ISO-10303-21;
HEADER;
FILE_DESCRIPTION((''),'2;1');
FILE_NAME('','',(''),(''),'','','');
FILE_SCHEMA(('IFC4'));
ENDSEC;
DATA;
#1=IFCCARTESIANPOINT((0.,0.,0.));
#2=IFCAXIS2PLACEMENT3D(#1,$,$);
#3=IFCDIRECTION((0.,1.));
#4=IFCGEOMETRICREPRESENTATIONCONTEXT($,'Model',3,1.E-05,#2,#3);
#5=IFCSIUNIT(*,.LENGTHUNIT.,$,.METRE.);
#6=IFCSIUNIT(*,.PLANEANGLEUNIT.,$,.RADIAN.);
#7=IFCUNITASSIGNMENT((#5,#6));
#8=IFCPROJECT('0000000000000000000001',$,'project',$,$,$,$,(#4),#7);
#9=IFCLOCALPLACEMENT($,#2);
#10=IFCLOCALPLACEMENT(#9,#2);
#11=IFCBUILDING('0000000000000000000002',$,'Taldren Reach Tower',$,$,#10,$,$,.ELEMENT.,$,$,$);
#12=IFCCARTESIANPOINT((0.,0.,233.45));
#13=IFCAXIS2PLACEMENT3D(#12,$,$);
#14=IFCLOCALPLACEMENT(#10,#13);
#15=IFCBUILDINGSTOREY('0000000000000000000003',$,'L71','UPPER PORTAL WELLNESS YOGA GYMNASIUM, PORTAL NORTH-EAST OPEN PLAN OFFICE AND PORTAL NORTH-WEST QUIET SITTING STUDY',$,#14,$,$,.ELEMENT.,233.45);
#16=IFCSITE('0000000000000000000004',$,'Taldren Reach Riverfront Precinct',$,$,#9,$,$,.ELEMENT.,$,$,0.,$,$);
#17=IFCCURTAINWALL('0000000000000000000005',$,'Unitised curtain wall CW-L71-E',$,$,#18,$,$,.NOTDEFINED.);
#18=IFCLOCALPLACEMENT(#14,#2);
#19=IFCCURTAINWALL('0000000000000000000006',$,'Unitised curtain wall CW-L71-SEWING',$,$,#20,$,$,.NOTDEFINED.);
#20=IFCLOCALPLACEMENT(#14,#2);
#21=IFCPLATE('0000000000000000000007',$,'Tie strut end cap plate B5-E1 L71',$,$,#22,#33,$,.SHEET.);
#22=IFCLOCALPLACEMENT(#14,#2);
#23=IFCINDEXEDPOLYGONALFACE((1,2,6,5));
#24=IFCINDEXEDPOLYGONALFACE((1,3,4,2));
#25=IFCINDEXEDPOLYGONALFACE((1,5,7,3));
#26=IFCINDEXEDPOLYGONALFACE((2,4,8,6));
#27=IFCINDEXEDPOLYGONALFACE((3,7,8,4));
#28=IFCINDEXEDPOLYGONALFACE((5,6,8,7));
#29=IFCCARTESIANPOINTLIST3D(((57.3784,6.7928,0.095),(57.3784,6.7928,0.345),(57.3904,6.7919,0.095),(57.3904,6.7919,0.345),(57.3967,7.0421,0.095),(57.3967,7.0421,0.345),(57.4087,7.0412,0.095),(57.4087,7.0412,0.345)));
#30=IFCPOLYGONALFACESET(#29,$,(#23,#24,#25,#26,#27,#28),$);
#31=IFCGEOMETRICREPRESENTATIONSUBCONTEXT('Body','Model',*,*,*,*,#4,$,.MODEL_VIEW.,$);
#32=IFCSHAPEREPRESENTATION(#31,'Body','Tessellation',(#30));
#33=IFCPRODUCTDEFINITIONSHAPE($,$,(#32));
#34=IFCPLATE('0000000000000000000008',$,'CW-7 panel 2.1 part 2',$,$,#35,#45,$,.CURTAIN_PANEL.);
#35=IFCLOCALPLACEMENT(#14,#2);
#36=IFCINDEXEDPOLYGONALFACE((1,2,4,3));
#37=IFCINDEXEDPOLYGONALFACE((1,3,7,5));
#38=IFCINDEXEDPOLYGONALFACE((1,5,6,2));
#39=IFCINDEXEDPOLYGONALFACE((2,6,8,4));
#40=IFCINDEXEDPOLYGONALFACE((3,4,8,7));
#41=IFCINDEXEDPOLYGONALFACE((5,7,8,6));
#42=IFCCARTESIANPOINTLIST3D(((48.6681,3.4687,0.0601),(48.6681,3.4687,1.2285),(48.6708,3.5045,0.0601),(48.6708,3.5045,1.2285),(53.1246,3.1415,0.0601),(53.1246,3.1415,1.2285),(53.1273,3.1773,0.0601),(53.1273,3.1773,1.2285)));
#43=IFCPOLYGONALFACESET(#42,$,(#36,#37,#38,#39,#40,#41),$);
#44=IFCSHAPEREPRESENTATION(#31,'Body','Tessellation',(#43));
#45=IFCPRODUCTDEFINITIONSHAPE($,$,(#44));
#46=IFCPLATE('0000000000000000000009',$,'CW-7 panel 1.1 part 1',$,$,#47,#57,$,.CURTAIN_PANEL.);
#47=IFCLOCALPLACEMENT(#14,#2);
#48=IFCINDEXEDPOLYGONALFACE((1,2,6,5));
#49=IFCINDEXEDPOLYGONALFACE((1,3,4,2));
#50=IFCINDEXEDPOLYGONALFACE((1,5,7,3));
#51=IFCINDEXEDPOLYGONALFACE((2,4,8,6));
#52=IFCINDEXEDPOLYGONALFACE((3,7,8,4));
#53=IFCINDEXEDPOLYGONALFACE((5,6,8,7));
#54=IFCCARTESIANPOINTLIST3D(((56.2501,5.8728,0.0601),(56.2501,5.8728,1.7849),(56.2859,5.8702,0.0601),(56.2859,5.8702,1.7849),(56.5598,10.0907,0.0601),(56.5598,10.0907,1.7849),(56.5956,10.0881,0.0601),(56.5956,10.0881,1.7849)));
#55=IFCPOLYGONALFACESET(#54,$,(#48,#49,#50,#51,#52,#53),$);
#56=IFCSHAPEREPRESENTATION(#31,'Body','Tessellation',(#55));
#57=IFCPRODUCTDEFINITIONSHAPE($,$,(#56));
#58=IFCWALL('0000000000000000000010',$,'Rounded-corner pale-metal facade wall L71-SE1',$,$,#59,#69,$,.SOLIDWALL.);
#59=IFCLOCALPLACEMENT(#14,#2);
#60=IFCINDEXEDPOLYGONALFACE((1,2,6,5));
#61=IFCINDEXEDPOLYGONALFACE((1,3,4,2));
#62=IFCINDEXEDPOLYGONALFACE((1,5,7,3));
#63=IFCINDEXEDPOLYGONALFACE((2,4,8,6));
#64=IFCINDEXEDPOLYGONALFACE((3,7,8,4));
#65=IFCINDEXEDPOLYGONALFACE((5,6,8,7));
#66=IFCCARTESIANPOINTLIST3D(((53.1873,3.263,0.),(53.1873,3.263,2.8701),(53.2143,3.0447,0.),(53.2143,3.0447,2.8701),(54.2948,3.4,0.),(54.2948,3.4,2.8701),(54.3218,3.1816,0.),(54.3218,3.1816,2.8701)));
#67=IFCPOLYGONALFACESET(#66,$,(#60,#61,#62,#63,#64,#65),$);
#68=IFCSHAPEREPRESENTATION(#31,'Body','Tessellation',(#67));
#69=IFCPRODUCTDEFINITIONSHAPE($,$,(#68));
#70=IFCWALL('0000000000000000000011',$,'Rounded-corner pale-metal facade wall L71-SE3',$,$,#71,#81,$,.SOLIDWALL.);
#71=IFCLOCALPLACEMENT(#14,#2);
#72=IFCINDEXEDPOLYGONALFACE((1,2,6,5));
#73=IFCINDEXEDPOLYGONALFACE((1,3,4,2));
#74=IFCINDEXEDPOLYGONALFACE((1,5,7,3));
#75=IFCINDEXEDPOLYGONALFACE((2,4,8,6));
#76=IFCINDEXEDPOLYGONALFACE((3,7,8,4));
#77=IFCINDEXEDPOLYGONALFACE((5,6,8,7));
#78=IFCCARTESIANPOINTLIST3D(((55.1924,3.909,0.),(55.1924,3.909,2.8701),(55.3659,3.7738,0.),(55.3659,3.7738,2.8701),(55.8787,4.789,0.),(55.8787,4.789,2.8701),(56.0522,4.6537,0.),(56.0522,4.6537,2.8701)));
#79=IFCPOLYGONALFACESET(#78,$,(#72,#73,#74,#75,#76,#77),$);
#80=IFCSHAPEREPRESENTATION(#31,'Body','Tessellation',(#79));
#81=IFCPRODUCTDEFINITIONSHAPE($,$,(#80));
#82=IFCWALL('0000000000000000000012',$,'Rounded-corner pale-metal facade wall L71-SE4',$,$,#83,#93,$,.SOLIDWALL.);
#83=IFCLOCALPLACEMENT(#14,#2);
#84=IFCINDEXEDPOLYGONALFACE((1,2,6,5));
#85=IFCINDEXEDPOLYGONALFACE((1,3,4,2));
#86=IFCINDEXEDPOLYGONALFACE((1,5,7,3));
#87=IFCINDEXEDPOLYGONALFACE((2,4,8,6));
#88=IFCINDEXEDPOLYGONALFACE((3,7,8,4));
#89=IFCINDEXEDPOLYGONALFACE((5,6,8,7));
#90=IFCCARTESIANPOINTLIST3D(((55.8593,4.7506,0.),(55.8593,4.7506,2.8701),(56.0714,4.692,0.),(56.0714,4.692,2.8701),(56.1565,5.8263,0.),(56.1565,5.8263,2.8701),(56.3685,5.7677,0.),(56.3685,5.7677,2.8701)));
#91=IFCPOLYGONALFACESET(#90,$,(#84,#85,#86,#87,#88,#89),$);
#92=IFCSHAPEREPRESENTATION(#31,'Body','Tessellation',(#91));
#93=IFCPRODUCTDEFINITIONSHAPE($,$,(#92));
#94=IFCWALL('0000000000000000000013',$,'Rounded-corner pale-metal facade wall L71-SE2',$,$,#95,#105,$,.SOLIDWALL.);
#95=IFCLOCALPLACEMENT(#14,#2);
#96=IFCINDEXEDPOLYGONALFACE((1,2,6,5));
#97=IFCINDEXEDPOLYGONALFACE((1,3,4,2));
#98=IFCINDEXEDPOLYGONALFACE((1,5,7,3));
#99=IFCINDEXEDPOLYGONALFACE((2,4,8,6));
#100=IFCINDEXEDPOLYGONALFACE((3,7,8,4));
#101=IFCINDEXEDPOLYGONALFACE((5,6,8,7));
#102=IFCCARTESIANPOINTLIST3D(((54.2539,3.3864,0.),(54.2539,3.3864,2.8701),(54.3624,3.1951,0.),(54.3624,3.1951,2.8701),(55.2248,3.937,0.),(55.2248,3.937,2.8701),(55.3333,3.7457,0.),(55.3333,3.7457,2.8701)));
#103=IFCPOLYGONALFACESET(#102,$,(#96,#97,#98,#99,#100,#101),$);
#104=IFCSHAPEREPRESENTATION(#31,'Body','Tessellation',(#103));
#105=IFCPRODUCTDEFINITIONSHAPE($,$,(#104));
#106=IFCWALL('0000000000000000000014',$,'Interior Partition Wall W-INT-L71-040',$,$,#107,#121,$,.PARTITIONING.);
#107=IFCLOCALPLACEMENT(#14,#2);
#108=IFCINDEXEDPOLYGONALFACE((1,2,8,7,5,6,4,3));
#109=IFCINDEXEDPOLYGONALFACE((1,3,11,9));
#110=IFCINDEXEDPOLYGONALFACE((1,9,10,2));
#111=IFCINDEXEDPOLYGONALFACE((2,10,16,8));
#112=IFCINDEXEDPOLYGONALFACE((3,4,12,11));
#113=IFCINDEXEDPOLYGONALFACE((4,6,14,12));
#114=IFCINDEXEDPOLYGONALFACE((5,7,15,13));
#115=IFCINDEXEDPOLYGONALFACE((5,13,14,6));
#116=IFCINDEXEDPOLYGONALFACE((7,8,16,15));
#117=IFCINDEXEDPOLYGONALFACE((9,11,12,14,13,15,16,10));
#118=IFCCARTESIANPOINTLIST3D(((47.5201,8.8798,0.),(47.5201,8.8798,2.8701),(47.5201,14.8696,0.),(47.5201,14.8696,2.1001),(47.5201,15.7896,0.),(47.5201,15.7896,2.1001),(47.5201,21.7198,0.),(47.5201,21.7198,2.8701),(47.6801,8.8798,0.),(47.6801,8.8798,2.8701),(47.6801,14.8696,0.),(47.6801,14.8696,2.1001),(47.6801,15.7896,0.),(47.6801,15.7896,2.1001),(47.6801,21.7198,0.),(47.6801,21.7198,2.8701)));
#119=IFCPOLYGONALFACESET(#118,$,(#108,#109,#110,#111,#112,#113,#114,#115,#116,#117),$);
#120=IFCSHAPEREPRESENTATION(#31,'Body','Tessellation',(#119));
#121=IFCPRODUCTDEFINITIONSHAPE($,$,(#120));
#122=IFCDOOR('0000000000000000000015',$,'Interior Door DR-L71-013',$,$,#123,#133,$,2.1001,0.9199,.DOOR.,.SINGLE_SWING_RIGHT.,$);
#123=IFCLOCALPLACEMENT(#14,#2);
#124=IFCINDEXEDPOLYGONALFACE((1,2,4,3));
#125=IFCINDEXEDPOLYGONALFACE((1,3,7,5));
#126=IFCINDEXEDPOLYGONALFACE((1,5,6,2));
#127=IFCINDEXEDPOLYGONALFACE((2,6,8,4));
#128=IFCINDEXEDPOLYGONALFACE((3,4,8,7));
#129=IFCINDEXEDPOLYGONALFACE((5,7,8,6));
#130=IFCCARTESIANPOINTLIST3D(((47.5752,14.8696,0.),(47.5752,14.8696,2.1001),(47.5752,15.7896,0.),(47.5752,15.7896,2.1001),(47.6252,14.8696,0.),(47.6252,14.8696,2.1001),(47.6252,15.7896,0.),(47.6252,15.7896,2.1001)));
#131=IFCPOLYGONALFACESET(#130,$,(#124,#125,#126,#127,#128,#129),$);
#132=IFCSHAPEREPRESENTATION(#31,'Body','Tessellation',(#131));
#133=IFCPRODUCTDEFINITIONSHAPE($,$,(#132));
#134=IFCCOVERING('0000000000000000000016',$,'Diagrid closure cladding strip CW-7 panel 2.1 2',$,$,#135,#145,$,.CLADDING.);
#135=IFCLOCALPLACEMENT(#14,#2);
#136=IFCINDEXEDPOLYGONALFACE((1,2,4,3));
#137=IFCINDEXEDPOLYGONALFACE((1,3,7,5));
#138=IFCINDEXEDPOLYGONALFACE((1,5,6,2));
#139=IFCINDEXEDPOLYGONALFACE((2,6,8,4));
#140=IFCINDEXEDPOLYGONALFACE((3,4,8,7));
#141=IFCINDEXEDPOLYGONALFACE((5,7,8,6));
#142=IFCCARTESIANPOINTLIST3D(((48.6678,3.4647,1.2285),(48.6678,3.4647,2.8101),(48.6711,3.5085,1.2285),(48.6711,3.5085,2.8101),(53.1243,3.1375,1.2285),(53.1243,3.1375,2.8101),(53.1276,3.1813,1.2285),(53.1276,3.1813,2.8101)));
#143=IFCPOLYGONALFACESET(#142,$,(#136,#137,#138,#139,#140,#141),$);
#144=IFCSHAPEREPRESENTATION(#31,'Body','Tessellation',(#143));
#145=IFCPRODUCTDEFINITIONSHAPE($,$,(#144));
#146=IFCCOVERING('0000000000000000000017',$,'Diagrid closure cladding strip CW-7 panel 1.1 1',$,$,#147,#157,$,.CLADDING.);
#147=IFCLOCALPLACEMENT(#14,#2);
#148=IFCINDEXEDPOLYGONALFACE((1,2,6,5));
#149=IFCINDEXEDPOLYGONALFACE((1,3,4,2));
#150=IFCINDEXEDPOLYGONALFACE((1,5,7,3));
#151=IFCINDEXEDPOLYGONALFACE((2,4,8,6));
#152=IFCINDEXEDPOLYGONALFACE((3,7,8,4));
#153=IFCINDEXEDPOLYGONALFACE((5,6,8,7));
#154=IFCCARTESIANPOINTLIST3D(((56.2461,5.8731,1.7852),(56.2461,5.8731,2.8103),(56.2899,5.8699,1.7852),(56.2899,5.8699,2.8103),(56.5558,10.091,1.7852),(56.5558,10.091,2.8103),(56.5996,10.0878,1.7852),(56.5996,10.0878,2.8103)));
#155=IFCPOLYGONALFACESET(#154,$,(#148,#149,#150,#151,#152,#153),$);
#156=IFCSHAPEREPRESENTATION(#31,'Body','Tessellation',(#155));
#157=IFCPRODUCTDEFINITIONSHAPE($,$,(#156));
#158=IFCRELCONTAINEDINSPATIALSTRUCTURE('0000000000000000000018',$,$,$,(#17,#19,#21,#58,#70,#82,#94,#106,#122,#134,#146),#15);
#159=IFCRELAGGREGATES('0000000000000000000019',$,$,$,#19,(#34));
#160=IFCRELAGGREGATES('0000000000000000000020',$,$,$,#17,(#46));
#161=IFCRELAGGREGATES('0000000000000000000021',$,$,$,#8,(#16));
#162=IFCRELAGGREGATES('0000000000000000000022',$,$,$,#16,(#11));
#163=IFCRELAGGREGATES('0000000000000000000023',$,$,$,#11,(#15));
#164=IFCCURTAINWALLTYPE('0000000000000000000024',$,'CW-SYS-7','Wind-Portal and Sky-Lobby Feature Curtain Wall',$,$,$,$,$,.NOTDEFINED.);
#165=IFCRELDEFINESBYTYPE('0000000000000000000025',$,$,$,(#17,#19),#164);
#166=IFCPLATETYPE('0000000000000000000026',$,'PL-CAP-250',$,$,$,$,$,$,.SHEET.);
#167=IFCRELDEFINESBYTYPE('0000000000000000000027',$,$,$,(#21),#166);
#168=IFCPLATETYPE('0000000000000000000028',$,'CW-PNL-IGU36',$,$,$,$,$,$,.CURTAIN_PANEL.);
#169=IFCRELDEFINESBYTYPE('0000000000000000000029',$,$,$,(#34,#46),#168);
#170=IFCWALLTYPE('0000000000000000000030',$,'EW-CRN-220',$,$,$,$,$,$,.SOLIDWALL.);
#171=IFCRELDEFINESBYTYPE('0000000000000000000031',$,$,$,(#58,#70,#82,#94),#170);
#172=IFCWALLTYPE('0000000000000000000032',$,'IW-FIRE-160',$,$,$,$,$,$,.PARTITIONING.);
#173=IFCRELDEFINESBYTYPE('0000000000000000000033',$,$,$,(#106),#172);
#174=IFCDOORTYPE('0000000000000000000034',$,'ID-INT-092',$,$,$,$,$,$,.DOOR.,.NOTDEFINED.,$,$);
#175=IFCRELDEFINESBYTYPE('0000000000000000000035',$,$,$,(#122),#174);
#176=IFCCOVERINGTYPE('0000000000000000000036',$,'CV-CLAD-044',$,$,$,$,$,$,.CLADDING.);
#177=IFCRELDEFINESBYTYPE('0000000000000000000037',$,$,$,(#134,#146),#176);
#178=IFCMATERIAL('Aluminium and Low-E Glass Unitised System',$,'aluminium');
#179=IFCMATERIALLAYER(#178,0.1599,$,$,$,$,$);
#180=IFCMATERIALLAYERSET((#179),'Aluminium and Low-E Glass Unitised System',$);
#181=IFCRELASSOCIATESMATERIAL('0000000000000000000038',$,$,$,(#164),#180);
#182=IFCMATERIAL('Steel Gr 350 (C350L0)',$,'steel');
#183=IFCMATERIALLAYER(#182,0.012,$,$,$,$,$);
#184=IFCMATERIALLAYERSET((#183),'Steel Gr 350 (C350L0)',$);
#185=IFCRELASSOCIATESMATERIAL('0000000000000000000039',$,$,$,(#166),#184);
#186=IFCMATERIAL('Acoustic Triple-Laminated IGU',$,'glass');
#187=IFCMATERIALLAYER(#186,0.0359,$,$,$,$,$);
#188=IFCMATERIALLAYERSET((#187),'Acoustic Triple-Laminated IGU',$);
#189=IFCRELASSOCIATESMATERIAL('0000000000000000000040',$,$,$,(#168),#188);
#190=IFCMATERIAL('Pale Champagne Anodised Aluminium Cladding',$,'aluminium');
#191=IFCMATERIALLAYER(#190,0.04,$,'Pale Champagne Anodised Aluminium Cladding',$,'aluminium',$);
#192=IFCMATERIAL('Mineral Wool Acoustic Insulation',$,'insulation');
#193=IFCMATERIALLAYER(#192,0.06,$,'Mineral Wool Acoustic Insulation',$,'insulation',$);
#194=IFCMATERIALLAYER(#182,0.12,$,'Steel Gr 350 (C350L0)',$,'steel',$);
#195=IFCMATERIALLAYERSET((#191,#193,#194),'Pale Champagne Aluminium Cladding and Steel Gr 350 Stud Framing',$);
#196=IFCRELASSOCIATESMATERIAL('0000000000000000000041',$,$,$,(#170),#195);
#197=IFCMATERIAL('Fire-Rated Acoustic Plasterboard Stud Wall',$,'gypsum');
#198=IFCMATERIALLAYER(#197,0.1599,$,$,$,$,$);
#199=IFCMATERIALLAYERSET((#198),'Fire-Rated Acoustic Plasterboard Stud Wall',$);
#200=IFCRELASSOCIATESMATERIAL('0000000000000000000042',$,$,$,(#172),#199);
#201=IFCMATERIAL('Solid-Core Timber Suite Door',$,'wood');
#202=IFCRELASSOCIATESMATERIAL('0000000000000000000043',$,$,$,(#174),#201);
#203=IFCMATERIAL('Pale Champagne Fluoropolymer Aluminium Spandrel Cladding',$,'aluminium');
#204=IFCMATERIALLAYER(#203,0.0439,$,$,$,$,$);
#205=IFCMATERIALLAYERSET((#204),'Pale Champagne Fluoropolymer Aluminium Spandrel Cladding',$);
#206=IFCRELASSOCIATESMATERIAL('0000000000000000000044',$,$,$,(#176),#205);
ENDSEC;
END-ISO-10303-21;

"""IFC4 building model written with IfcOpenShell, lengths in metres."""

from ifc_helpers import new_model, si_unit, direction, frame, frame_2d, origin, origin_2d, place, context, subcontext, project, spatial, rectangle, extrude, source, transform, mapped, material, layer, layer_set, type_object, element, fill, aggregate, save


model = new_model("IFC4")

# Units and contexts
model_context = context("Model", 3, precision=1e-05, world=origin(), true_north=direction((0.0, 1.0)))
body_context = subcontext(model_context, "Body", "Model", "MODEL_VIEW")
ifc_project = project(units=[si_unit("LENGTHUNIT", "METRE"), si_unit("PLANEANGLEUNIT", "RADIAN")], contexts=[model_context])

# Site, building, storey
site_placement = place(None, origin())
site = spatial("IfcSite", under=ifc_project, at=site_placement, Name="Taldren Reach Riverfront Precinct", CompositionType="ELEMENT", RefElevation=0.0)
building_placement = place(site_placement, origin())
building = spatial("IfcBuilding", under=site, at=building_placement, Name="Taldren Reach Tower", CompositionType="ELEMENT")
storey_placement = place(building_placement, frame((0.0, 0.0, 233.45)))
storey = spatial("IfcBuildingStorey", under=building, at=storey_placement, Name="L71", Description="UPPER PORTAL WELLNESS YOGA GYMNASIUM, PORTAL NORTH-EAST OPEN PLAN OFFICE AND PORTAL NORTH-WEST QUIET SITTING STUDY", CompositionType="ELEMENT", Elevation=233.45)

# Shared definitions
ifc_material_1 = material(Name="Steel Gr 350 (C350L0)", Category="steel")

# Curtain wall
ifc_material_2 = material(Name="Aluminium and Low-E Glass Unitised System", Category="aluminium")
ifc_layer_1 = layer(ifc_material_2, 0.1599)
ifc_layer_set_1 = layer_set([ifc_layer_1], Name="Aluminium and Low-E Glass Unitised System")
curtain_wall_type = type_object("IfcCurtainWallType", Name="CW-SYS-7", Description="Wind-Portal and Sky-Lobby Feature Curtain Wall", PredefinedType="NOTDEFINED", material=ifc_layer_set_1)
curtain_wall_1_placement = place(storey_placement, origin())
curtain_wall_1 = element("IfcCurtainWall", 1, at=curtain_wall_1_placement, inside=storey, type_object=curtain_wall_type, Name="Unitised curtain wall CW-L71-E", PredefinedType="NOTDEFINED")

# Curtain wall
curtain_wall_2_placement = place(storey_placement, origin())
curtain_wall_2 = element("IfcCurtainWall", 2, at=curtain_wall_2_placement, inside=storey, type_object=curtain_wall_type, Name="Unitised curtain wall CW-L71-SEWING", PredefinedType="NOTDEFINED")

# Plate
ifc_layer_2 = layer(ifc_material_1, 0.012)
ifc_layer_set_2 = layer_set([ifc_layer_2], Name="Steel Gr 350 (C350L0)")
plate_type_1 = type_object("IfcPlateType", Name="PL-CAP-250", PredefinedType="SHEET", material=ifc_layer_set_2)
shared_shape_1 = source(origin(), body_context, "Body", "SweptSolid", [
    extrude(rectangle(XDim=0.012, YDim=0.25, at=origin_2d()), origin(), (0.0, 0.0, 1.0), 0.25),
])
plate_1_placement = place(storey_placement, frame((57.3936, 6.917, 0.095), z_axis=(0.0, 0.0, 1.0), x_axis=(0.997314, -0.073238, 0.0)))
element("IfcPlate", 3, at=plate_1_placement, inside=storey, type_object=plate_type_1, Name="Tie strut end cap plate B5-E1 L71", PredefinedType="SHEET", context=body_context, shape_type="MappedRepresentation", body=[
    mapped(shared_shape_1, transform((0.0, 0.0, 0.0), scale=1.0)),
])

# Plates
ifc_material_3 = material(Name="Acoustic Triple-Laminated IGU", Category="glass")
ifc_layer_3 = layer(ifc_material_3, 0.0359)
ifc_layer_set_3 = layer_set([ifc_layer_3], Name="Acoustic Triple-Laminated IGU")
plate_type_2 = type_object("IfcPlateType", Name="CW-PNL-IGU36", PredefinedType="CURTAIN_PANEL", material=ifc_layer_set_3)
shared_shape_2 = source(origin(), body_context, "Body", "SweptSolid", [
    extrude(rectangle(XDim=4.4685, YDim=0.0359, at=origin_2d()), origin(), (0.0, 0.0, 1.0), 1.1685),
])
plate_2_placement = place(storey_placement, frame((50.8977, 3.323, 0.0601), z_axis=(0.0, 0.0, 1.0), x_axis=(0.997314, -0.073238, 0.0)))
plate_2 = element("IfcPlate", 4, at=plate_2_placement, type_object=plate_type_2, Name="CW-7 panel 2.1 part 2", PredefinedType="CURTAIN_PANEL", context=body_context, shape_type="MappedRepresentation", body=[
    mapped(shared_shape_2, transform((0.0, 0.0, 0.0), scale=1.0)),
])
aggregate(curtain_wall_2, [plate_2])
shared_shape_3 = source(origin(), body_context, "Body", "SweptSolid", [
    extrude(rectangle(XDim=4.2292, YDim=0.0359, at=origin_2d()), origin(), (0.0, 0.0, 1.0), 1.7249),
])
plate_3_placement = place(storey_placement, frame((56.4229, 7.9805, 0.0601), z_axis=(0.0, 0.0, 1.0), x_axis=(0.073238, 0.997314, 0.0)))
plate_3 = element("IfcPlate", 5, at=plate_3_placement, type_object=plate_type_2, Name="CW-7 panel 1.1 part 1", PredefinedType="CURTAIN_PANEL", context=body_context, shape_type="MappedRepresentation", body=[
    mapped(shared_shape_3, transform((0.0, 0.0, 0.0), scale=1.0)),
])
aggregate(curtain_wall_1, [plate_3])

# Walls
ifc_material_4 = material(Name="Pale Champagne Anodised Aluminium Cladding", Category="aluminium")
ifc_layer_4 = layer(ifc_material_4, 0.04, Name="Pale Champagne Anodised Aluminium Cladding", Category="aluminium")
ifc_material_5 = material(Name="Mineral Wool Acoustic Insulation", Category="insulation")
ifc_layer_5 = layer(ifc_material_5, 0.06, Name="Mineral Wool Acoustic Insulation", Category="insulation")
ifc_layer_6 = layer(ifc_material_1, 0.12, Name="Steel Gr 350 (C350L0)", Category="steel")
ifc_layer_set_4 = layer_set([ifc_layer_4, ifc_layer_5, ifc_layer_6], Name="Pale Champagne Aluminium Cladding and Steel Gr 350 Stud Framing")
wall_type_1 = type_object("IfcWallType", Name="EW-CRN-220", PredefinedType="SOLIDWALL", material=ifc_layer_set_4)
shared_shape_4 = source(origin(), body_context, "Body", "SweptSolid", [
    extrude(rectangle(XDim=1.116, YDim=0.22, at=frame_2d((0.5581, 0.0))), origin(), (0.0, 0.0, 1.0), 2.8701),
])
for number, where, z_axis, x_axis, name in (
    (6, (53.2007, 3.1538, 0.0), (0.0, 0.0, 1.0), (0.992439, 0.122742, 0.0), "Rounded-corner pale-metal facade wall L71-SE1"),
    (7, (55.2791, 3.8413, 0.0), (0.0, 0.0, 1.0), (0.615015, 0.788515, 0.0), "Rounded-corner pale-metal facade wall L71-SE3"),
    (8, (55.9653, 4.7212, 0.0), (0.0, 0.0, 1.0), (0.266244, 0.963906, 0.0), "Rounded-corner pale-metal facade wall L71-SE4"),
):
    element("IfcWall", number, at=place(storey_placement, frame(where, z_axis=z_axis, x_axis=x_axis)), inside=storey, type_object=wall_type_1, Name=name, PredefinedType="SOLIDWALL", context=body_context, shape_type="MappedRepresentation", body=[
        mapped(shared_shape_4, transform((0.0, 0.0, 0.0), scale=1.0)),
    ])
shared_shape_5 = source(origin(), body_context, "Body", "SweptSolid", [
    extrude(rectangle(XDim=1.1162, YDim=0.22, at=frame_2d((0.5581, 0.0))), origin(), (0.0, 0.0, 1.0), 2.8701),
])
wall_1_placement = place(storey_placement, frame((54.3081, 3.2908, 0.0), z_axis=(0.0, 0.0, 1.0), x_axis=(0.869894, 0.493239, 0.0)))
element("IfcWall", 9, at=wall_1_placement, inside=storey, type_object=wall_type_1, Name="Rounded-corner pale-metal facade wall L71-SE2", PredefinedType="SOLIDWALL", context=body_context, shape_type="MappedRepresentation", body=[
    mapped(shared_shape_5, transform((0.0, 0.0, 0.0), scale=1.0)),
])

# Wall, opening, door
ifc_material_6 = material(Name="Fire-Rated Acoustic Plasterboard Stud Wall", Category="gypsum")
ifc_layer_7 = layer(ifc_material_6, 0.1599)
ifc_layer_set_5 = layer_set([ifc_layer_7], Name="Fire-Rated Acoustic Plasterboard Stud Wall")
wall_type_2 = type_object("IfcWallType", Name="IW-FIRE-160", PredefinedType="PARTITIONING", material=ifc_layer_set_5)
shared_shape_6 = source(origin(), body_context, "Body", "SweptSolid", [
    extrude(rectangle(XDim=12.8401, YDim=0.1599, at=frame_2d((6.4199, 0.0))), origin(), (0.0, 0.0, 1.0), 2.8701),
])
wall_2_placement = place(storey_placement, frame((47.6001, 8.8799, 0.0), z_axis=(0.0, 0.0, 1.0), x_axis=(0.0, 1.0, 0.0)))
wall_2 = element("IfcWall", 10, at=wall_2_placement, inside=storey, type_object=wall_type_2, Name="Interior Partition Wall W-INT-L71-040", PredefinedType="PARTITIONING", context=body_context, shape_type="MappedRepresentation", body=[
    mapped(shared_shape_6, transform((0.0, 0.0, 0.0), scale=1.0)),
])
shared_shape_7 = source(origin(), body_context, "Body", "SweptSolid", [
    extrude(rectangle(XDim=0.9199, YDim=2.1001, at=frame_2d((0.46, 1.05))), frame((0.0, 0.0898, 0.0), z_axis=(0.0, -1.0, 0.0), x_axis=(1.0, 0.0, 0.0)), (0.0, 0.0, 1.0), 0.1799),
])
opening_placement = place(wall_2_placement, frame((5.9897, 0.0, 0.0)))
opening = element("IfcOpeningElement", 11, at=opening_placement, cuts=wall_2, PredefinedType="OPENING", context=body_context, shape_type="MappedRepresentation", body=[
    mapped(shared_shape_7, transform((0.0, 0.0, 0.0), scale=1.0)),
])
ifc_material_7 = material(Name="Solid-Core Timber Suite Door", Category="wood")
door_type = type_object("IfcDoorType", Name="ID-INT-092", OperationType="NOTDEFINED", PredefinedType="DOOR", material=ifc_material_7)
shared_shape_8 = source(origin(), body_context, "Body", "SweptSolid", [
    extrude(rectangle(XDim=0.9199, YDim=2.1001, at=frame_2d((0.46, 1.05))), frame((0.0, 0.0249, 0.0), z_axis=(0.0, -1.0, 0.0), x_axis=(1.0, 0.0, 0.0)), (0.0, 0.0, 1.0), 0.05),
])
door_placement = place(opening_placement, origin())
door = element("IfcDoor", 12, at=door_placement, inside=storey, type_object=door_type, Name="Interior Door DR-L71-013", OperationType="SINGLE_SWING_RIGHT", OverallHeight=2.1001, OverallWidth=0.9199, PredefinedType="DOOR", context=body_context, shape_type="MappedRepresentation", body=[
    mapped(shared_shape_8, transform((0.0, 0.0, 0.0), scale=1.0)),
])
fill(opening, door)

# Coverings
ifc_material_8 = material(Name="Pale Champagne Fluoropolymer Aluminium Spandrel Cladding", Category="aluminium")
ifc_layer_8 = layer(ifc_material_8, 0.0439)
ifc_layer_set_6 = layer_set([ifc_layer_8], Name="Pale Champagne Fluoropolymer Aluminium Spandrel Cladding")
covering_type = type_object("IfcCoveringType", Name="CV-CLAD-044", PredefinedType="CLADDING", material=ifc_layer_set_6)
shared_shape_9 = source(origin(), body_context, "Body", "SweptSolid", [
    extrude(rectangle(XDim=4.4685, YDim=0.0439, at=origin_2d()), origin(), (0.0, 0.0, 1.0), 1.5815),
])
covering_1_placement = place(storey_placement, frame((50.8977, 3.323, 1.2285), z_axis=(0.0, 0.0, 1.0), x_axis=(0.997314, -0.073238, 0.0)))
element("IfcCovering", 13, at=covering_1_placement, inside=storey, type_object=covering_type, Name="Diagrid closure cladding strip CW-7 panel 2.1 2", PredefinedType="CLADDING", context=body_context, shape_type="MappedRepresentation", body=[
    mapped(shared_shape_9, transform((0.0, 0.0, 0.0), scale=1.0)),
])
shared_shape_10 = source(origin(), body_context, "Body", "SweptSolid", [
    extrude(rectangle(XDim=4.2292, YDim=0.0439, at=origin_2d()), origin(), (0.0, 0.0, 1.0), 1.0251),
])
covering_2_placement = place(storey_placement, frame((56.4229, 7.9805, 1.7852), z_axis=(0.0, 0.0, 1.0), x_axis=(0.073238, 0.997314, 0.0)))
element("IfcCovering", 14, at=covering_2_placement, inside=storey, type_object=covering_type, Name="Diagrid closure cladding strip CW-7 panel 1.1 1", PredefinedType="CLADDING", context=body_context, shape_type="MappedRepresentation", body=[
    mapped(shared_shape_10, transform((0.0, 0.0, 0.0), scale=1.0)),
])

save(model, "model.ifc")
